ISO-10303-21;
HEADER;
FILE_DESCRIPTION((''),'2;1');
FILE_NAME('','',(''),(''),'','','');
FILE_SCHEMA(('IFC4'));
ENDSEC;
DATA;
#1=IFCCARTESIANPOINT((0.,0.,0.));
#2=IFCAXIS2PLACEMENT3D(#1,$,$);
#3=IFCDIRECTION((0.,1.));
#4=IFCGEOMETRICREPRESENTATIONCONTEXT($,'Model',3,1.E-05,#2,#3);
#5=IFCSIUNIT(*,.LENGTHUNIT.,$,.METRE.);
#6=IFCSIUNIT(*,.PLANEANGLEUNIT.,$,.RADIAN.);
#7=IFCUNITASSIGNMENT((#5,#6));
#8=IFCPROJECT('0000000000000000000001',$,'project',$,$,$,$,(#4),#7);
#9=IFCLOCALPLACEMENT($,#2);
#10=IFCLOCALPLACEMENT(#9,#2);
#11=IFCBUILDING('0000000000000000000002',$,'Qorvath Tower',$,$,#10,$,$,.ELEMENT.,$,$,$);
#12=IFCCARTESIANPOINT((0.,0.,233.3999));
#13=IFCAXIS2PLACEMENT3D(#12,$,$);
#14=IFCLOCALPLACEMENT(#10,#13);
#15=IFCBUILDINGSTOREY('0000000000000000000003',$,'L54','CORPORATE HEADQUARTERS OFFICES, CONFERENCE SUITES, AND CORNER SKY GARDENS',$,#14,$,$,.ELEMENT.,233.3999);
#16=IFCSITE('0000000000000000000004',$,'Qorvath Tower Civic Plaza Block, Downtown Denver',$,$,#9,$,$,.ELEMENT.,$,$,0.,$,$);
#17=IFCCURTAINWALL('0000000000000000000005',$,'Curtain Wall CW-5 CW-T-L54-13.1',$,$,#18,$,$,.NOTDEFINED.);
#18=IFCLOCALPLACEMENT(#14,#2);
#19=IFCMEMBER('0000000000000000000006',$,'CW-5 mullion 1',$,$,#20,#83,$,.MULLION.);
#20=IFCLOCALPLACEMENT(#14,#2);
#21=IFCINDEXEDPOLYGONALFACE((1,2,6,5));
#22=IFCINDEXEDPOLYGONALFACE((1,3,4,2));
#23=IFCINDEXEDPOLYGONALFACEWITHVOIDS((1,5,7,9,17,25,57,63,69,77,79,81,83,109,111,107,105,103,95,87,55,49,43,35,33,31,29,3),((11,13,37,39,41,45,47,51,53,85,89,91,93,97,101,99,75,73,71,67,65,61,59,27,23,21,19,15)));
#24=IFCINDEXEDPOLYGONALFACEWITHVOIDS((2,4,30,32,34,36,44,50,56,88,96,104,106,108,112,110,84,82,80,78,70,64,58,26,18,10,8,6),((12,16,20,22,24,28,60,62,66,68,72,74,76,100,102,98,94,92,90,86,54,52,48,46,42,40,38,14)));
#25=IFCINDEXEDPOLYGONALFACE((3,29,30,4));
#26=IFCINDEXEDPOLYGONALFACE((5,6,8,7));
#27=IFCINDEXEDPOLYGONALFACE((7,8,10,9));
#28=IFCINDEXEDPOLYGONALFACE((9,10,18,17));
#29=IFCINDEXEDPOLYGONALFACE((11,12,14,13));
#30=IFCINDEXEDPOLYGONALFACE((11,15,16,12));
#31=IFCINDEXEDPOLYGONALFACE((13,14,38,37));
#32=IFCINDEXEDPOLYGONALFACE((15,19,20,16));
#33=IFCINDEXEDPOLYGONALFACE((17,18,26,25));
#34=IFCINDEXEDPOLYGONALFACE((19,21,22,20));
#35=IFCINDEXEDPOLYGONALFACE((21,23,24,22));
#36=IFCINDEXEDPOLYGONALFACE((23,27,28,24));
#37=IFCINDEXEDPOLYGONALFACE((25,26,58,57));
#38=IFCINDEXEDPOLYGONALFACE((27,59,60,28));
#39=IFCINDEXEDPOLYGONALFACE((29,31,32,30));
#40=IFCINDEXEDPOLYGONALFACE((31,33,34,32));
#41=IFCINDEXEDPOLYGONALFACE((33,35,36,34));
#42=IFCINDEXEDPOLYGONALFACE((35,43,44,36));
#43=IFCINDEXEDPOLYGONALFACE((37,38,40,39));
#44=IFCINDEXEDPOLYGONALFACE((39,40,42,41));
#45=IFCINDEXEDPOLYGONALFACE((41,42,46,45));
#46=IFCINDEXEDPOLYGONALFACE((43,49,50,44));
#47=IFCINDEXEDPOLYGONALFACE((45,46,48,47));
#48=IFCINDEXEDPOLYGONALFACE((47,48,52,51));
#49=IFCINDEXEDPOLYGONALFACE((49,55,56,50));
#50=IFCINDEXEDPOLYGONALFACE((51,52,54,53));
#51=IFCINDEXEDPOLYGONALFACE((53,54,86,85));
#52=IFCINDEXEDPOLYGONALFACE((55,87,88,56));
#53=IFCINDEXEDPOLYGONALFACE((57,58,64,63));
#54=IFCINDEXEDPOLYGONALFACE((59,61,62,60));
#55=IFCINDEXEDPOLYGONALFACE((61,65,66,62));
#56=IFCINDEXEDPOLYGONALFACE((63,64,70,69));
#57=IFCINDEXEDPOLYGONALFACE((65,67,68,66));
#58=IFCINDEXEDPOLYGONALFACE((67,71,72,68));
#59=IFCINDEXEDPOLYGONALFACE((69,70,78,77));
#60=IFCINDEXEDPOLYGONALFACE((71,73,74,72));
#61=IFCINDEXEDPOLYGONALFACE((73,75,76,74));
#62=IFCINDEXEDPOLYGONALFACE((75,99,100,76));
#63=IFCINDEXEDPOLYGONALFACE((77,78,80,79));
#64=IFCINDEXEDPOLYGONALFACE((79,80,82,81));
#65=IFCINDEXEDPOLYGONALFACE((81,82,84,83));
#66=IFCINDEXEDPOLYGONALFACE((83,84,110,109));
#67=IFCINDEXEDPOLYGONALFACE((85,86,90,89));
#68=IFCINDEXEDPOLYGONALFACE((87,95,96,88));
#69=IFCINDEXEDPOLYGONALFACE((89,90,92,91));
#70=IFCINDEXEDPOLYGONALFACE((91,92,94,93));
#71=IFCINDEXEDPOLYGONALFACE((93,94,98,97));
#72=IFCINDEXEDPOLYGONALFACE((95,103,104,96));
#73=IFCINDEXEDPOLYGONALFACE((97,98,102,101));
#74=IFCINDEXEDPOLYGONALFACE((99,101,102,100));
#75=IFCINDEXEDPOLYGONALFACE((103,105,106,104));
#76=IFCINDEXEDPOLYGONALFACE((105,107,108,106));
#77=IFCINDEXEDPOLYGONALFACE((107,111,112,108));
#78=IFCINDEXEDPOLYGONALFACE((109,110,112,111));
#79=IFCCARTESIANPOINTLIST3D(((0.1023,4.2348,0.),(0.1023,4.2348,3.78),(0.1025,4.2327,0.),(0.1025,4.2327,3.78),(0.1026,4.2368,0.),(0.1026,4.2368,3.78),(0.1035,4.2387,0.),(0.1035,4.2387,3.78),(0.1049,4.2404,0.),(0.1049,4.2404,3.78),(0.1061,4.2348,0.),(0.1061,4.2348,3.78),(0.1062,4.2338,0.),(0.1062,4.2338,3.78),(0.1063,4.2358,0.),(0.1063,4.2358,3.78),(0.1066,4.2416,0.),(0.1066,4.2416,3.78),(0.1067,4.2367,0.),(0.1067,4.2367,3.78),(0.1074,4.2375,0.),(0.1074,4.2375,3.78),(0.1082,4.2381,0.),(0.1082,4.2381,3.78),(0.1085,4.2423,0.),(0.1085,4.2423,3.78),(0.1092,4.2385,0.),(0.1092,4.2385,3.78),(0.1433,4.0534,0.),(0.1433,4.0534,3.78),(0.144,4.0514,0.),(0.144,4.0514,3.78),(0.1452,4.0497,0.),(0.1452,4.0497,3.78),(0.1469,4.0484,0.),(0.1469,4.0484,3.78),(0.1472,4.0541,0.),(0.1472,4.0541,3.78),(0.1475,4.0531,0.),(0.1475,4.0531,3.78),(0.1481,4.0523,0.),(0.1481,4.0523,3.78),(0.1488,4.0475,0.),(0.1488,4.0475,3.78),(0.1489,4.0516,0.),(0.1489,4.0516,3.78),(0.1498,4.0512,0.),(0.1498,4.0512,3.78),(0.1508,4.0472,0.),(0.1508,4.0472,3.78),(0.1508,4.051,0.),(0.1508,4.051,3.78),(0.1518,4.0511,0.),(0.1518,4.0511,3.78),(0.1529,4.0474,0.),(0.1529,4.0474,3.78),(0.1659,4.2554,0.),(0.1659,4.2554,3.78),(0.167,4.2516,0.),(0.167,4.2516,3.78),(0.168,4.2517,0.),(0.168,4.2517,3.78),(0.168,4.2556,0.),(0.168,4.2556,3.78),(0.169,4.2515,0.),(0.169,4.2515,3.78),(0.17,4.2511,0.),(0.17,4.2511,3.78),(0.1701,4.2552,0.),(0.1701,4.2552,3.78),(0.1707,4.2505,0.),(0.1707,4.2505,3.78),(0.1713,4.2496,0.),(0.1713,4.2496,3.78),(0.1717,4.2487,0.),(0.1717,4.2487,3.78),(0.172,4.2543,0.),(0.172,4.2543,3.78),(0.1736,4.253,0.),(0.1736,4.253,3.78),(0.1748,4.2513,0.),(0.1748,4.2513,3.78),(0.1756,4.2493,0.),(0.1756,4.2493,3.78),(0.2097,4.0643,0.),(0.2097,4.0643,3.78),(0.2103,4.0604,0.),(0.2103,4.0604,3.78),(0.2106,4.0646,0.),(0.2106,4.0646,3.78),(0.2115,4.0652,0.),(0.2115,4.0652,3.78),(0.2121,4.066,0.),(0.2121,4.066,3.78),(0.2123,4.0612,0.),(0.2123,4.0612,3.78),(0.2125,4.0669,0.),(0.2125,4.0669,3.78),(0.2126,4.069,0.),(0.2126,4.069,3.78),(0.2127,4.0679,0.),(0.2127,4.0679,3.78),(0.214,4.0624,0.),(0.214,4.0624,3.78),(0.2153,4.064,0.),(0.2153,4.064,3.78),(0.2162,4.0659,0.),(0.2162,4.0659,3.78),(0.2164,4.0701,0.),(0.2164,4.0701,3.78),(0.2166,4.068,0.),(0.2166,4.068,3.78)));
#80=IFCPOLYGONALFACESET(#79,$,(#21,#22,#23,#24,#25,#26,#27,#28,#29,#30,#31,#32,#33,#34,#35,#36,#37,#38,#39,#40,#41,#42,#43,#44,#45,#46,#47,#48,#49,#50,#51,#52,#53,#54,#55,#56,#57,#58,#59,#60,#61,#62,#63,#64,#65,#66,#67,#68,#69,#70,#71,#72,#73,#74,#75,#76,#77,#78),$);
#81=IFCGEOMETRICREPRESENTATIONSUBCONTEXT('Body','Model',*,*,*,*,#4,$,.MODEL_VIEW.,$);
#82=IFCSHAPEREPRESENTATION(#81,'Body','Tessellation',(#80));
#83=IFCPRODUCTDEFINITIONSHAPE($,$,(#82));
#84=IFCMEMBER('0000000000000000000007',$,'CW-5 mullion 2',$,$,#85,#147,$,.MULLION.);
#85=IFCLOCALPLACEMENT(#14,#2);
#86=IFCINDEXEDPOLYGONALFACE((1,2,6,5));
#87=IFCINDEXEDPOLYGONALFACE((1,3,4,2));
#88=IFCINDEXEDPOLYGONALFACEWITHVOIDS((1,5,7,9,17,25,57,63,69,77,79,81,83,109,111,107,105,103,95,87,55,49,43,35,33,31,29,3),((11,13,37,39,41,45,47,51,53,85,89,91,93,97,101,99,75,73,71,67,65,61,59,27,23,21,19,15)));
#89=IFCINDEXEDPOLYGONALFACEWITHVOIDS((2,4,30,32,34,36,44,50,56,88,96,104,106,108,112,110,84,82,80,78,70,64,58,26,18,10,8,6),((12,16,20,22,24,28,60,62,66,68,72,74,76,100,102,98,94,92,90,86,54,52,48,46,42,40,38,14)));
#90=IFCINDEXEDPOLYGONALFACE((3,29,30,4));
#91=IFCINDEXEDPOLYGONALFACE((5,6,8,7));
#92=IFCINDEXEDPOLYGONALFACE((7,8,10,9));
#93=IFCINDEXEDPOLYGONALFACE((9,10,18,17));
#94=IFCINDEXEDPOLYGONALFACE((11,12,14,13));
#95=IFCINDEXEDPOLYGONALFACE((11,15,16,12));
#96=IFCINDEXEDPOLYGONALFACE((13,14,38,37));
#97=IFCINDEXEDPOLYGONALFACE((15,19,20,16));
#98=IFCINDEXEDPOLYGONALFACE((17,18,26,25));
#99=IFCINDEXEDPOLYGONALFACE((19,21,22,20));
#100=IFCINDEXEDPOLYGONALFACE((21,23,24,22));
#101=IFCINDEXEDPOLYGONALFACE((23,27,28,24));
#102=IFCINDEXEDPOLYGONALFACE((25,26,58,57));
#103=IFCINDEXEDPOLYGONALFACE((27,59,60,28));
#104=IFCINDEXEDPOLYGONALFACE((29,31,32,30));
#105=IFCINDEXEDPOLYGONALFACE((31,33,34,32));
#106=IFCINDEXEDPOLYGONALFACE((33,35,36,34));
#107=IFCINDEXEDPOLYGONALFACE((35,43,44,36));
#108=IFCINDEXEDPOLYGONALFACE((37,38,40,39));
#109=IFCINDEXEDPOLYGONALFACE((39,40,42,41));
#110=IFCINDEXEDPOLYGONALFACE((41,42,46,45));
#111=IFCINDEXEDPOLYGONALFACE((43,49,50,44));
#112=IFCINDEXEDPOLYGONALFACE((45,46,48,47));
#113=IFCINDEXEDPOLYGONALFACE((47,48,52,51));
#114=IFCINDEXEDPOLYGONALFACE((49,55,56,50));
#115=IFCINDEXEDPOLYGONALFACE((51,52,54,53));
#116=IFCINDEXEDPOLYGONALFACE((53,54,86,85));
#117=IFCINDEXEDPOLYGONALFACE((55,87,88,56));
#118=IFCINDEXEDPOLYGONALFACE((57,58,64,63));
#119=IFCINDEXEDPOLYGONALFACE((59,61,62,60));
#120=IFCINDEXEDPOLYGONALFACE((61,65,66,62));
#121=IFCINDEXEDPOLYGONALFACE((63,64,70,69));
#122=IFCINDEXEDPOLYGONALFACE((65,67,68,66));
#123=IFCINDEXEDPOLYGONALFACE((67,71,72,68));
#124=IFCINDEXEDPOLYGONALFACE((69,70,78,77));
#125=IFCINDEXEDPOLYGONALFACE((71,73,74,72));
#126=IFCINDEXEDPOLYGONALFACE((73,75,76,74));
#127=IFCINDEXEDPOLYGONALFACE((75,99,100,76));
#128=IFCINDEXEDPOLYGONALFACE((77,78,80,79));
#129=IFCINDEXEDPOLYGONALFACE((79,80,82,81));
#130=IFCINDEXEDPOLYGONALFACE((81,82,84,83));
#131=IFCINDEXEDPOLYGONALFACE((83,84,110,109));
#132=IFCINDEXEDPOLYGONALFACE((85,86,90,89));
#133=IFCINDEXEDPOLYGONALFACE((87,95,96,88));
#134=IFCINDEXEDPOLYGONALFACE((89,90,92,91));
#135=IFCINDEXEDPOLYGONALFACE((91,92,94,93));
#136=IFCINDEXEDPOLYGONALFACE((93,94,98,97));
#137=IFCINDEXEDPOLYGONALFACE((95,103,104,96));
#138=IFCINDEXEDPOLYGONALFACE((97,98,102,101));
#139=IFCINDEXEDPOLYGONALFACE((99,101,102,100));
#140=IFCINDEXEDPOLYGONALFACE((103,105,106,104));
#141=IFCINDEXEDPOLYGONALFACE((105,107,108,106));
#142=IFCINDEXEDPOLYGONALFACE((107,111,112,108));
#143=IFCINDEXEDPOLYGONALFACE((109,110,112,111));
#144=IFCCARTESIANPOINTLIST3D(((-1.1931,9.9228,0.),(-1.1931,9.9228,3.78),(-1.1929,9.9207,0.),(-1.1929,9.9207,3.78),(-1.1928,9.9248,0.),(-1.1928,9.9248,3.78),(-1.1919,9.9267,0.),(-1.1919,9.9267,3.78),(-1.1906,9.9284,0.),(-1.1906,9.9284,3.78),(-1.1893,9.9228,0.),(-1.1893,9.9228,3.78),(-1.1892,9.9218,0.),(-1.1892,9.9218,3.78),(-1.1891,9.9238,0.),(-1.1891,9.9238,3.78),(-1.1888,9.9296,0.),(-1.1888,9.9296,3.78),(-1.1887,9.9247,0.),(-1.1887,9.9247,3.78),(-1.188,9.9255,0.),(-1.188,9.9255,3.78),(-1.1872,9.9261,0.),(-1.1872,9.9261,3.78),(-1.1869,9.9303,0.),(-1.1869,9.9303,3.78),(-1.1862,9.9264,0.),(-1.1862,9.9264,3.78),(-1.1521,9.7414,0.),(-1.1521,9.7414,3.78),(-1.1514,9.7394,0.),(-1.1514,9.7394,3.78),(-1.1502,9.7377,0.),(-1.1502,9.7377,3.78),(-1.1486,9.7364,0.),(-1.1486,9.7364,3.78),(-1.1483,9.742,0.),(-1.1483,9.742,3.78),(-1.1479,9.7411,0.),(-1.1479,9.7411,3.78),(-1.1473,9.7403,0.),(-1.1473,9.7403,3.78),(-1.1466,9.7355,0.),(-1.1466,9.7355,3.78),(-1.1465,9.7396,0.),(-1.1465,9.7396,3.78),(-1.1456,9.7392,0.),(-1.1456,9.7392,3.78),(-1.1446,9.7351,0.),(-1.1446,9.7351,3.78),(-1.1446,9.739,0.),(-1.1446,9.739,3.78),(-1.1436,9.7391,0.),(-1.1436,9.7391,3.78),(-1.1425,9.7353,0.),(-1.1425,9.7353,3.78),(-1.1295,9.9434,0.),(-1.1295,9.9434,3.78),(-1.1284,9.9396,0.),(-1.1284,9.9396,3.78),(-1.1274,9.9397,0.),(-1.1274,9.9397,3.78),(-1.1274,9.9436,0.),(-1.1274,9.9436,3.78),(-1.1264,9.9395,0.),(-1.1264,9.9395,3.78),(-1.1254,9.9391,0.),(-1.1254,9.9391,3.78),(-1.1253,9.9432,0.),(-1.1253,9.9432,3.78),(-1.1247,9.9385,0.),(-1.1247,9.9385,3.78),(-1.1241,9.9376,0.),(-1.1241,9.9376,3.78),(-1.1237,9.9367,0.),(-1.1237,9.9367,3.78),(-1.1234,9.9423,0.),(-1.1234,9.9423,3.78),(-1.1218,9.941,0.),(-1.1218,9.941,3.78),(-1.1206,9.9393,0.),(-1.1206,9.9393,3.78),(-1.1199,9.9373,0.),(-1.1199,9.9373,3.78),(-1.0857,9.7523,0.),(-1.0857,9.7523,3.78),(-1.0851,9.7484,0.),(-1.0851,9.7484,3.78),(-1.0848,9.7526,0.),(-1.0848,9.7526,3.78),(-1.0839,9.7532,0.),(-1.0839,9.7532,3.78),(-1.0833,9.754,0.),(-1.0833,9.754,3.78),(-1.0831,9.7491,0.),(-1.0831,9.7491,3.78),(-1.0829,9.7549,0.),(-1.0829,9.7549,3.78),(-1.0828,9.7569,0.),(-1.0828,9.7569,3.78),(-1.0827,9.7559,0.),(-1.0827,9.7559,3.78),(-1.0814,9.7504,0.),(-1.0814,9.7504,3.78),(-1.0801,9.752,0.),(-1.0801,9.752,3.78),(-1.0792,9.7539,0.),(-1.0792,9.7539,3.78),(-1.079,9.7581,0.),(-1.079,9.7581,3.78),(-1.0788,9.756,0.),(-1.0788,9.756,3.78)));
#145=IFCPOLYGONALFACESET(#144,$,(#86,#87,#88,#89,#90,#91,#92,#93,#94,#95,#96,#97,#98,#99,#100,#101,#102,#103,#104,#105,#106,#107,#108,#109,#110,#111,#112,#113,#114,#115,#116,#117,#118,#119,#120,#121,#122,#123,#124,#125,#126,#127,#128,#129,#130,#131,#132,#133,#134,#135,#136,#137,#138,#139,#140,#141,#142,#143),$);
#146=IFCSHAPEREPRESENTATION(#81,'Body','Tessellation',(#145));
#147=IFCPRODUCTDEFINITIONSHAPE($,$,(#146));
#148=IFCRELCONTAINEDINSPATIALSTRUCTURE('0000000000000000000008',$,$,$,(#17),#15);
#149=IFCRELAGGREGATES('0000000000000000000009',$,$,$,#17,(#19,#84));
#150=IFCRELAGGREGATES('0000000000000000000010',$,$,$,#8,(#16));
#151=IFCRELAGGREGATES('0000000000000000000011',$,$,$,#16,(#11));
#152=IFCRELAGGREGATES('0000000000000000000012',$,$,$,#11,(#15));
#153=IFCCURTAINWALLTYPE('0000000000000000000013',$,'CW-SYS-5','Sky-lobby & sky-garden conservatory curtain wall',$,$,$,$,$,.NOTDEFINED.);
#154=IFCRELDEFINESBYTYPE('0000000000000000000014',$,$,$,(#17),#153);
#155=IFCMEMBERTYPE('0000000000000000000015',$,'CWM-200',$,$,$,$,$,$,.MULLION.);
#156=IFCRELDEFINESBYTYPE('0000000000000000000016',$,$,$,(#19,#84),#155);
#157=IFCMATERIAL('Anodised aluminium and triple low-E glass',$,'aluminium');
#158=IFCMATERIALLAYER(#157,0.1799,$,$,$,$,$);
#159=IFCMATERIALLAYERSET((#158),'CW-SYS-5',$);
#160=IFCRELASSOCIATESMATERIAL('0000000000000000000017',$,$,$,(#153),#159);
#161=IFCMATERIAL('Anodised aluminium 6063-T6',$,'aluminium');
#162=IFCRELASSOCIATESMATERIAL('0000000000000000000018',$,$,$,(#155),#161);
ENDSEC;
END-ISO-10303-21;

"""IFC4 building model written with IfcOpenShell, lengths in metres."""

from ifc_helpers import new_model, si_unit, direction, frame, origin, origin_2d, place, context, subcontext, project, spatial, hollow_rectangle, extrude, material, layer, layer_set, material_profile, profile_set, type_object, element, aggregate, save


model = new_model("IFC4")

# Units and contexts
model_context = context("Model", 3, precision=1e-05, world=origin(), true_north=direction((0.0, 1.0)))
body_context = subcontext(model_context, "Body", "Model", "MODEL_VIEW")
ifc_project = project(units=[si_unit("LENGTHUNIT", "METRE"), si_unit("PLANEANGLEUNIT", "RADIAN")], contexts=[model_context])

# Site, building, storey
site_placement = place(None, origin())
site = spatial("IfcSite", under=ifc_project, at=site_placement, Name="Qorvath Tower Civic Plaza Block, Downtown Denver", CompositionType="ELEMENT", RefElevation=0.0)
building_placement = place(site_placement, origin())
building = spatial("IfcBuilding", under=site, at=building_placement, Name="Qorvath Tower", CompositionType="ELEMENT")
storey_placement = place(building_placement, frame((0.0, 0.0, 233.3999)))
storey = spatial("IfcBuildingStorey", under=building, at=storey_placement, Name="L54", Description="CORPORATE HEADQUARTERS OFFICES, CONFERENCE SUITES, AND CORNER SKY GARDENS", CompositionType="ELEMENT", Elevation=233.3999)

# Shared definitions
ifc_material_1 = material(Name="Anodised aluminium and triple low-E glass", Category="aluminium")
ifc_layer_1 = layer(ifc_material_1, 0.1799)
ifc_layer_set_1 = layer_set([ifc_layer_1], Name="CW-SYS-5")
curtain_wall_type = type_object("IfcCurtainWallType", Name="CW-SYS-5", Description="Sky-lobby & sky-garden conservatory curtain wall", PredefinedType="NOTDEFINED", material=ifc_layer_set_1)
ifc_material_2 = material(Name="Anodised aluminium 6063-T6", Category="aluminium")
ifc_material_profile_1 = material_profile(ifc_material_2, hollow_rectangle(XDim=0.075, YDim=0.2, WallThickness=0.0039, InnerFilletRadius=0.0039, OuterFilletRadius=0.0081, at=origin_2d()), Name="CWM 200x75")
ifc_profile_set_1 = profile_set([ifc_material_profile_1], Name="Anodised aluminium 6063-T6")
member_type_1 = type_object("IfcMemberType", Name="CWM-200", PredefinedType="MULLION", material=ifc_profile_set_1)

# Curtain wall, members
curtain_wall_1_placement = place(storey_placement, origin())
curtain_wall_1 = element("IfcCurtainWall", 1, at=curtain_wall_1_placement, inside=storey, type_object=curtain_wall_type, Name="Curtain Wall CW-5 CW-T-L54-13.1", PredefinedType="NOTDEFINED")
member_1_placement = place(storey_placement, frame((0.1594, 4.1514, 0.0), z_axis=(0.0, 0.0, 1.0), x_axis=(-0.975037, -0.222042, 0.0)))
member_1 = element("IfcMember", 2, at=member_1_placement, type_object=member_type_1, Name="CW-5 mullion 1", PredefinedType="MULLION", context=body_context, shape_type="SweptSolid", body=[
    extrude(hollow_rectangle(XDim=0.075, YDim=0.2, WallThickness=0.0039, InnerFilletRadius=0.0039, OuterFilletRadius=0.0081, at=origin_2d()), origin(), (0.0, 0.0, 1.0), 3.78),
])
member_2_placement = place(storey_placement, frame((-1.136, 9.8394, 0.0), z_axis=(0.0, 0.0, 1.0), x_axis=(-0.975037, -0.222042, 0.0)))
member_2 = element("IfcMember", 3, at=member_2_placement, type_object=member_type_1, Name="CW-5 mullion 2", PredefinedType="MULLION", context=body_context, shape_type="SweptSolid", body=[
    extrude(hollow_rectangle(XDim=0.075, YDim=0.2, WallThickness=0.0039, InnerFilletRadius=0.0039, OuterFilletRadius=0.0081, at=origin_2d()), origin(), (0.0, 0.0, 1.0), 3.78),
])

aggregate(curtain_wall_1, [member_1, member_2])

save(model, "model.ifc")
